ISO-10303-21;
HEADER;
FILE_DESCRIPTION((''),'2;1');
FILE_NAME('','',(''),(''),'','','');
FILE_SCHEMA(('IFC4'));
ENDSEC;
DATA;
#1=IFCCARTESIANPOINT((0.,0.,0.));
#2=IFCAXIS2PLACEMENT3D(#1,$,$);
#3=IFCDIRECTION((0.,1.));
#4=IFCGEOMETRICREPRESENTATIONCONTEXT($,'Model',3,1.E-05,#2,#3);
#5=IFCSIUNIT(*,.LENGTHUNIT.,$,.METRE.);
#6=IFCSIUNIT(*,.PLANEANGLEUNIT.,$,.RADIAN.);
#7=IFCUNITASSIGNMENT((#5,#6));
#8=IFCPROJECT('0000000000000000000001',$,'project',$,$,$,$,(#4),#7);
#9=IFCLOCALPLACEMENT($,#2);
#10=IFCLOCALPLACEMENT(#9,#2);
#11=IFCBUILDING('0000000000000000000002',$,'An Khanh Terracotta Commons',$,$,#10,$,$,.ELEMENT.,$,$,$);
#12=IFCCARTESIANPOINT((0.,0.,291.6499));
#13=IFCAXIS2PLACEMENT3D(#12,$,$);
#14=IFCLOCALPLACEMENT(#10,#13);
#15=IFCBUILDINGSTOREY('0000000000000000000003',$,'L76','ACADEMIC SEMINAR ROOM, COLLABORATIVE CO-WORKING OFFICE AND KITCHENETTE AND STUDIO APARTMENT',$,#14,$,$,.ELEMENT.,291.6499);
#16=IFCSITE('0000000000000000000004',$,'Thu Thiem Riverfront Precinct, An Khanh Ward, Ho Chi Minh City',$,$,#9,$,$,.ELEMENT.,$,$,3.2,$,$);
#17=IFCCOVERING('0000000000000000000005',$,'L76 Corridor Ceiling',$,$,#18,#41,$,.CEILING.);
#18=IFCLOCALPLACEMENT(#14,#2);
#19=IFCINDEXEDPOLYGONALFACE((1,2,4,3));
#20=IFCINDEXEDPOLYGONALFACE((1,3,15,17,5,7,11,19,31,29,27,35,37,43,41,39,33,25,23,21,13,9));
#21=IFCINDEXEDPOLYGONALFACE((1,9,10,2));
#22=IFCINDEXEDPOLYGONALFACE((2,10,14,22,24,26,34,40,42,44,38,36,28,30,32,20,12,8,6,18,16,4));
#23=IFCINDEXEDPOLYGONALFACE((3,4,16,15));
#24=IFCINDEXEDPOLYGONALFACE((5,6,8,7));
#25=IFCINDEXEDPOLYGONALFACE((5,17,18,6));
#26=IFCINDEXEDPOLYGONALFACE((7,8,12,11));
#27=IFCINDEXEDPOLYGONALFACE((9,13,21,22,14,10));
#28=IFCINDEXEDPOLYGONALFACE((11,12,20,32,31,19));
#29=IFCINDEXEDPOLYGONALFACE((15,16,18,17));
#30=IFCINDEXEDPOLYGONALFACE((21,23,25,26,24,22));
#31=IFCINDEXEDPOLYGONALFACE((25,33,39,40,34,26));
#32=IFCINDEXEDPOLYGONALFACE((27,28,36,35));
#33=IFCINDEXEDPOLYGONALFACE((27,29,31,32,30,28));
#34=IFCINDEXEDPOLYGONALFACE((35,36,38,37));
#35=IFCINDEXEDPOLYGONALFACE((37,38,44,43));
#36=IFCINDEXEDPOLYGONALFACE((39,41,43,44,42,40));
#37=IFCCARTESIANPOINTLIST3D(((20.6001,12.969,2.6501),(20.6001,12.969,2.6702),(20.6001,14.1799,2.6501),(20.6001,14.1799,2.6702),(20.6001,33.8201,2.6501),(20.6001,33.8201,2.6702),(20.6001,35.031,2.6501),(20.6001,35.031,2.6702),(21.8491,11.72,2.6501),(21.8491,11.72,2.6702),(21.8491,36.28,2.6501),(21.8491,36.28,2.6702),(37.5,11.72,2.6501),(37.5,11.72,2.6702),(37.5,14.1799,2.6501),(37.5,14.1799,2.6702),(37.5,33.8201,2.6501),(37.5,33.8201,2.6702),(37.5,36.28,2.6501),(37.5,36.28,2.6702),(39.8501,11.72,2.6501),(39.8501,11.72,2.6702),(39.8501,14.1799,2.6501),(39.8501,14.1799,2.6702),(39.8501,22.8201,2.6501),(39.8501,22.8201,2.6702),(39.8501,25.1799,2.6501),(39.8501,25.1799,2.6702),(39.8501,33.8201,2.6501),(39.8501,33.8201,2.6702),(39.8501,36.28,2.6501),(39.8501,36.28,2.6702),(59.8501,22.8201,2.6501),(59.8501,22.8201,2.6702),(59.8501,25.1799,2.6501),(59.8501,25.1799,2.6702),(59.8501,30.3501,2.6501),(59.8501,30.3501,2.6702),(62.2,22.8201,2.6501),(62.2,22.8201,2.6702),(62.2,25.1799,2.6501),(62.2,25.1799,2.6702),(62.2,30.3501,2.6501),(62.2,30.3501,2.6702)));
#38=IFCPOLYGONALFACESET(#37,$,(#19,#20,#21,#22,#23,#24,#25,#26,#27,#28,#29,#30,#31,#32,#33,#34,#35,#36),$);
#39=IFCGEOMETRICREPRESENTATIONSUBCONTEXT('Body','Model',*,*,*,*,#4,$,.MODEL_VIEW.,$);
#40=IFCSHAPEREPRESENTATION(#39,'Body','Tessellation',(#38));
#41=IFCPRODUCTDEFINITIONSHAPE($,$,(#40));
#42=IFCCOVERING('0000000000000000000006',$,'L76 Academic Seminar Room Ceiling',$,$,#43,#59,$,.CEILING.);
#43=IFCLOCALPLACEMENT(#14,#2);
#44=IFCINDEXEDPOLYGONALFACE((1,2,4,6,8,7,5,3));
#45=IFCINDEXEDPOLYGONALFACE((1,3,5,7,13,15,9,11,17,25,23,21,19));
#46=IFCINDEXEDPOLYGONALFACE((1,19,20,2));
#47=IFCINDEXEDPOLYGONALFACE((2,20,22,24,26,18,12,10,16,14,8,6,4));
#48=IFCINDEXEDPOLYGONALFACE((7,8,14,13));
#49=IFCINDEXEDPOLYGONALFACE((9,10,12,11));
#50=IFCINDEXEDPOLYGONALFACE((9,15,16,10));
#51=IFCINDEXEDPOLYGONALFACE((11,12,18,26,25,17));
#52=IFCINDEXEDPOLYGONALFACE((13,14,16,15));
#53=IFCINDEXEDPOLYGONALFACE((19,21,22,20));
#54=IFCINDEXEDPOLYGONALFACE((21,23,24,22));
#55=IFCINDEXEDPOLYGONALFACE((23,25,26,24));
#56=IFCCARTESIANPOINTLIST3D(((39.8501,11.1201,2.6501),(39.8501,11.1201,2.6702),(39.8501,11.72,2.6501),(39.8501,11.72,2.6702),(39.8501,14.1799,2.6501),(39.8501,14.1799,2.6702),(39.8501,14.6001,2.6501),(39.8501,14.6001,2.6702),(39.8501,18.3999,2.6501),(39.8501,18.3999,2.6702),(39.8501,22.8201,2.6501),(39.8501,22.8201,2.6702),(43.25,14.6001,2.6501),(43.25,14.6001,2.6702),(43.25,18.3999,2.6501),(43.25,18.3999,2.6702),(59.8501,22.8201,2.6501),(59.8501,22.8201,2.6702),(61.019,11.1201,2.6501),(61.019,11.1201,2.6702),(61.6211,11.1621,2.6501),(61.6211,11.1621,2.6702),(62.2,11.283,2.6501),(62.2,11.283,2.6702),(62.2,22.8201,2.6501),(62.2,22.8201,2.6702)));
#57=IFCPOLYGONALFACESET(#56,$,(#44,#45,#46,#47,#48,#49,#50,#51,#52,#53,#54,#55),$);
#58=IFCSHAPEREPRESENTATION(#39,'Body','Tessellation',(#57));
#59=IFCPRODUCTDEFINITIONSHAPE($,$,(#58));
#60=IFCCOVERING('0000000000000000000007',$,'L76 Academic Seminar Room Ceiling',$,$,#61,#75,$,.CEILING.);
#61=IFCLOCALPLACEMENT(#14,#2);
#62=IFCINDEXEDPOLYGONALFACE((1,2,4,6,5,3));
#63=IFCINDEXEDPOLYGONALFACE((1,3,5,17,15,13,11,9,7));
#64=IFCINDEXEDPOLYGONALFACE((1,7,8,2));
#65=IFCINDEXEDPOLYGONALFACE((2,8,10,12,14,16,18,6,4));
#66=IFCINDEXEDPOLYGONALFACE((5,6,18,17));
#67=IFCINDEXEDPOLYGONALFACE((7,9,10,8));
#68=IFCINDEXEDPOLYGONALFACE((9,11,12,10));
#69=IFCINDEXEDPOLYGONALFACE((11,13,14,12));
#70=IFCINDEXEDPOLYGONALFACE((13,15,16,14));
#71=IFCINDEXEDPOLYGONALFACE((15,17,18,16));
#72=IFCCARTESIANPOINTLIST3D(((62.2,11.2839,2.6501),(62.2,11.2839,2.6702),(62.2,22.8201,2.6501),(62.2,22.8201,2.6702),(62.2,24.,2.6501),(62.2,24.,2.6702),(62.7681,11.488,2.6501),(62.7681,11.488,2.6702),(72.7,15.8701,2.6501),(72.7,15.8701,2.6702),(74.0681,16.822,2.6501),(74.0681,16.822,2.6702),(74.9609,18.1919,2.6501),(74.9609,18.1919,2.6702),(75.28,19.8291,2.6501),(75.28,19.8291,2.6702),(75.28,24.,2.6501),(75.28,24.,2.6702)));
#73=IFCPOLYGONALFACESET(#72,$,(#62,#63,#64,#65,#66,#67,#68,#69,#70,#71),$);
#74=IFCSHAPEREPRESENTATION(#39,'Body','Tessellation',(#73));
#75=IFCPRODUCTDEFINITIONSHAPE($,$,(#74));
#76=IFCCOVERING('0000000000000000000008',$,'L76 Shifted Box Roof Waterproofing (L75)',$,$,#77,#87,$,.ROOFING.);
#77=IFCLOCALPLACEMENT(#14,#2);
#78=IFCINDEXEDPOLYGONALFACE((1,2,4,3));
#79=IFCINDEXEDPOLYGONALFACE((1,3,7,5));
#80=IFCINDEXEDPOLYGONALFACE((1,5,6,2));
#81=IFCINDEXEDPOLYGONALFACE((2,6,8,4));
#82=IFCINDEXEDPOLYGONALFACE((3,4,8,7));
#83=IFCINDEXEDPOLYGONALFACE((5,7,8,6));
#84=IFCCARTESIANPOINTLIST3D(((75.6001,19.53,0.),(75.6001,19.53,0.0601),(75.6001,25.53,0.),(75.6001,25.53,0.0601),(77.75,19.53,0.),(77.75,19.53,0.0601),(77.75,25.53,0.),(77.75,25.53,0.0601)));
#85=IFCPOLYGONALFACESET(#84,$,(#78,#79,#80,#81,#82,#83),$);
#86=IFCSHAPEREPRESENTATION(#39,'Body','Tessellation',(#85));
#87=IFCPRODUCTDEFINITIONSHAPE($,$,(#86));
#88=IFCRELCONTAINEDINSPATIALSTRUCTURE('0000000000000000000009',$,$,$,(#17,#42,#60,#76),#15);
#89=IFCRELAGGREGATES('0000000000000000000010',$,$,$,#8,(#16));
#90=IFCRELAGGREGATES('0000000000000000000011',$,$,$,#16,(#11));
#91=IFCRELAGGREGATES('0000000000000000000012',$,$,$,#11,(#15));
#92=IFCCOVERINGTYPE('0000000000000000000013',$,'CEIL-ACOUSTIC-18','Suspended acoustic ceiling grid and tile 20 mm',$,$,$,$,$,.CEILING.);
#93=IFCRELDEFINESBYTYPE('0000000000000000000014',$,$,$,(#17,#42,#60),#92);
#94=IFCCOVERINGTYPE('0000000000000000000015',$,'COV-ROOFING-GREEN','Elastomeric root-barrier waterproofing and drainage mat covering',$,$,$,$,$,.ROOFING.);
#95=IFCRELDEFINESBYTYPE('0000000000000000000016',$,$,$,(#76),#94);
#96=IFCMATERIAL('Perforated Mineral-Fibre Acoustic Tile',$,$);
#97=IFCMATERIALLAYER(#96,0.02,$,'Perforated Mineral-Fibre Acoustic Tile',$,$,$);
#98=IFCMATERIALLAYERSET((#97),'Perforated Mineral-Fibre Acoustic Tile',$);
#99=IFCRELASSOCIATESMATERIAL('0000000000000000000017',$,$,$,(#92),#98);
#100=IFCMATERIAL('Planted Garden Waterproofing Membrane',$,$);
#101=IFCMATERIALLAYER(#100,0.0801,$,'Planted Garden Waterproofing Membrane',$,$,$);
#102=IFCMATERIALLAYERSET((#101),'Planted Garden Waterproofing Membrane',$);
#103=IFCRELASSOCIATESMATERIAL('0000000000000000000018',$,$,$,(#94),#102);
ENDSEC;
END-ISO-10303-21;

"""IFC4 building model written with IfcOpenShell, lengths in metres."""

from ifc_helpers import new_model, si_unit, direction, frame, origin, place, context, subcontext, project, spatial, polyline, outline, extrude, material, layer, layer_set, type_object, element, save


model = new_model("IFC4")

# Units and contexts
model_context = context("Model", 3, precision=1e-05, world=origin(), true_north=direction((0.0, 1.0)))
body_context = subcontext(model_context, "Body", "Model", "MODEL_VIEW")
ifc_project = project(units=[si_unit("LENGTHUNIT", "METRE"), si_unit("PLANEANGLEUNIT", "RADIAN")], contexts=[model_context])

# Site, building, storey
site_placement = place(None, origin())
site = spatial("IfcSite", under=ifc_project, at=site_placement, Name="Thu Thiem Riverfront Precinct, An Khanh Ward, Ho Chi Minh City", CompositionType="ELEMENT", RefElevation=3.2)
building_placement = place(site_placement, origin())
building = spatial("IfcBuilding", under=site, at=building_placement, Name="An Khanh Terracotta Commons", CompositionType="ELEMENT")
storey_placement = place(building_placement, frame((0.0, 0.0, 291.6499)))
storey = spatial("IfcBuildingStorey", under=building, at=storey_placement, Name="L76", Description="ACADEMIC SEMINAR ROOM, COLLABORATIVE CO-WORKING OFFICE AND KITCHENETTE AND STUDIO APARTMENT", CompositionType="ELEMENT", Elevation=291.6499)

# Coverings
ifc_material_1 = material(Name="Perforated Mineral-Fibre Acoustic Tile")
ifc_layer_1 = layer(ifc_material_1, 0.02, Name="Perforated Mineral-Fibre Acoustic Tile")
ifc_layer_set_1 = layer_set([ifc_layer_1], Name="Perforated Mineral-Fibre Acoustic Tile")
covering_type_1 = type_object("IfcCoveringType", Name="CEIL-ACOUSTIC-18", Description="Suspended acoustic ceiling grid and tile 20 mm", PredefinedType="CEILING", material=ifc_layer_set_1)
covering_1_placement = place(storey_placement, frame((0.0, 0.0, 2.6501)))
element("IfcCovering", 1, at=covering_1_placement, inside=storey, type_object=covering_type_1, Name="L76 Corridor Ceiling", PredefinedType="CEILING", context=body_context, shape_type="SweptSolid", body=[
    extrude(outline(polyline([(21.8491, 11.72), (20.6001, 12.969), (20.6001, 14.1799), (37.5, 14.1799), (37.5, 33.8201), (20.6001, 33.8201), (20.6001, 35.031), (21.8491, 36.28), (37.5, 36.28), (39.8501, 36.28), (39.8501, 33.8201), (39.8501, 25.1799), (59.8501, 25.1799), (59.8501, 30.3501), (62.2, 30.3501), (62.2, 25.1799), (62.2, 22.8201), (59.8501, 22.8201), (39.8501, 22.8201), (39.8501, 14.1799), (39.8501, 11.72), (37.5, 11.72), (21.8491, 11.72)])), origin(), (0.0, 0.0, 1.0), 0.02),
])
covering_2_placement = place(storey_placement, frame((0.0, 0.0, 2.6501)))
element("IfcCovering", 2, at=covering_2_placement, inside=storey, type_object=covering_type_1, Name="L76 Academic Seminar Room Ceiling", PredefinedType="CEILING", context=body_context, shape_type="SweptSolid", body=[
    extrude(outline(polyline([(61.6211, 11.1621), (61.019, 11.1201), (39.8501, 11.1201), (39.8501, 11.72), (39.8501, 14.1799), (39.8501, 14.6001), (43.25, 14.6001), (43.25, 18.3999), (39.8501, 18.3999), (39.8501, 22.8201), (59.8501, 22.8201), (62.2, 22.8201), (62.2, 11.283), (61.6211, 11.1621)])), origin(), (0.0, 0.0, 1.0), 0.02),
])
covering_3_placement = place(storey_placement, frame((0.0, 0.0, 2.6501)))
element("IfcCovering", 3, at=covering_3_placement, inside=storey, type_object=covering_type_1, Name="L76 Academic Seminar Room Ceiling", PredefinedType="CEILING", context=body_context, shape_type="SweptSolid", body=[
    extrude(outline(polyline([(75.28, 19.8291), (74.9609, 18.1919), (74.0681, 16.822), (72.7, 15.8701), (62.7681, 11.488), (62.2, 11.2839), (62.2, 11.283), (62.2, 22.8201), (62.2, 24.0), (75.28, 24.0), (75.28, 19.8291)])), origin(), (0.0, 0.0, 1.0), 0.02),
])
ifc_material_2 = material(Name="Planted Garden Waterproofing Membrane")
ifc_layer_2 = layer(ifc_material_2, 0.0801, Name="Planted Garden Waterproofing Membrane")
ifc_layer_set_2 = layer_set([ifc_layer_2], Name="Planted Garden Waterproofing Membrane")
covering_type_2 = type_object("IfcCoveringType", Name="COV-ROOFING-GREEN", Description="Elastomeric root-barrier waterproofing and drainage mat covering", PredefinedType="ROOFING", material=ifc_layer_set_2)
covering_4_placement = place(storey_placement, origin())
element("IfcCovering", 4, at=covering_4_placement, inside=storey, type_object=covering_type_2, Name="L76 Shifted Box Roof Waterproofing (L75)", PredefinedType="ROOFING", context=body_context, shape_type="SweptSolid", body=[
    extrude(outline(polyline([(75.6001, 19.53), (77.75, 19.53), (77.75, 25.53), (75.6001, 25.53), (75.6001, 19.53)])), origin(), (0.0, 0.0, 1.0), 0.0601),
])

save(model, "model.ifc")
